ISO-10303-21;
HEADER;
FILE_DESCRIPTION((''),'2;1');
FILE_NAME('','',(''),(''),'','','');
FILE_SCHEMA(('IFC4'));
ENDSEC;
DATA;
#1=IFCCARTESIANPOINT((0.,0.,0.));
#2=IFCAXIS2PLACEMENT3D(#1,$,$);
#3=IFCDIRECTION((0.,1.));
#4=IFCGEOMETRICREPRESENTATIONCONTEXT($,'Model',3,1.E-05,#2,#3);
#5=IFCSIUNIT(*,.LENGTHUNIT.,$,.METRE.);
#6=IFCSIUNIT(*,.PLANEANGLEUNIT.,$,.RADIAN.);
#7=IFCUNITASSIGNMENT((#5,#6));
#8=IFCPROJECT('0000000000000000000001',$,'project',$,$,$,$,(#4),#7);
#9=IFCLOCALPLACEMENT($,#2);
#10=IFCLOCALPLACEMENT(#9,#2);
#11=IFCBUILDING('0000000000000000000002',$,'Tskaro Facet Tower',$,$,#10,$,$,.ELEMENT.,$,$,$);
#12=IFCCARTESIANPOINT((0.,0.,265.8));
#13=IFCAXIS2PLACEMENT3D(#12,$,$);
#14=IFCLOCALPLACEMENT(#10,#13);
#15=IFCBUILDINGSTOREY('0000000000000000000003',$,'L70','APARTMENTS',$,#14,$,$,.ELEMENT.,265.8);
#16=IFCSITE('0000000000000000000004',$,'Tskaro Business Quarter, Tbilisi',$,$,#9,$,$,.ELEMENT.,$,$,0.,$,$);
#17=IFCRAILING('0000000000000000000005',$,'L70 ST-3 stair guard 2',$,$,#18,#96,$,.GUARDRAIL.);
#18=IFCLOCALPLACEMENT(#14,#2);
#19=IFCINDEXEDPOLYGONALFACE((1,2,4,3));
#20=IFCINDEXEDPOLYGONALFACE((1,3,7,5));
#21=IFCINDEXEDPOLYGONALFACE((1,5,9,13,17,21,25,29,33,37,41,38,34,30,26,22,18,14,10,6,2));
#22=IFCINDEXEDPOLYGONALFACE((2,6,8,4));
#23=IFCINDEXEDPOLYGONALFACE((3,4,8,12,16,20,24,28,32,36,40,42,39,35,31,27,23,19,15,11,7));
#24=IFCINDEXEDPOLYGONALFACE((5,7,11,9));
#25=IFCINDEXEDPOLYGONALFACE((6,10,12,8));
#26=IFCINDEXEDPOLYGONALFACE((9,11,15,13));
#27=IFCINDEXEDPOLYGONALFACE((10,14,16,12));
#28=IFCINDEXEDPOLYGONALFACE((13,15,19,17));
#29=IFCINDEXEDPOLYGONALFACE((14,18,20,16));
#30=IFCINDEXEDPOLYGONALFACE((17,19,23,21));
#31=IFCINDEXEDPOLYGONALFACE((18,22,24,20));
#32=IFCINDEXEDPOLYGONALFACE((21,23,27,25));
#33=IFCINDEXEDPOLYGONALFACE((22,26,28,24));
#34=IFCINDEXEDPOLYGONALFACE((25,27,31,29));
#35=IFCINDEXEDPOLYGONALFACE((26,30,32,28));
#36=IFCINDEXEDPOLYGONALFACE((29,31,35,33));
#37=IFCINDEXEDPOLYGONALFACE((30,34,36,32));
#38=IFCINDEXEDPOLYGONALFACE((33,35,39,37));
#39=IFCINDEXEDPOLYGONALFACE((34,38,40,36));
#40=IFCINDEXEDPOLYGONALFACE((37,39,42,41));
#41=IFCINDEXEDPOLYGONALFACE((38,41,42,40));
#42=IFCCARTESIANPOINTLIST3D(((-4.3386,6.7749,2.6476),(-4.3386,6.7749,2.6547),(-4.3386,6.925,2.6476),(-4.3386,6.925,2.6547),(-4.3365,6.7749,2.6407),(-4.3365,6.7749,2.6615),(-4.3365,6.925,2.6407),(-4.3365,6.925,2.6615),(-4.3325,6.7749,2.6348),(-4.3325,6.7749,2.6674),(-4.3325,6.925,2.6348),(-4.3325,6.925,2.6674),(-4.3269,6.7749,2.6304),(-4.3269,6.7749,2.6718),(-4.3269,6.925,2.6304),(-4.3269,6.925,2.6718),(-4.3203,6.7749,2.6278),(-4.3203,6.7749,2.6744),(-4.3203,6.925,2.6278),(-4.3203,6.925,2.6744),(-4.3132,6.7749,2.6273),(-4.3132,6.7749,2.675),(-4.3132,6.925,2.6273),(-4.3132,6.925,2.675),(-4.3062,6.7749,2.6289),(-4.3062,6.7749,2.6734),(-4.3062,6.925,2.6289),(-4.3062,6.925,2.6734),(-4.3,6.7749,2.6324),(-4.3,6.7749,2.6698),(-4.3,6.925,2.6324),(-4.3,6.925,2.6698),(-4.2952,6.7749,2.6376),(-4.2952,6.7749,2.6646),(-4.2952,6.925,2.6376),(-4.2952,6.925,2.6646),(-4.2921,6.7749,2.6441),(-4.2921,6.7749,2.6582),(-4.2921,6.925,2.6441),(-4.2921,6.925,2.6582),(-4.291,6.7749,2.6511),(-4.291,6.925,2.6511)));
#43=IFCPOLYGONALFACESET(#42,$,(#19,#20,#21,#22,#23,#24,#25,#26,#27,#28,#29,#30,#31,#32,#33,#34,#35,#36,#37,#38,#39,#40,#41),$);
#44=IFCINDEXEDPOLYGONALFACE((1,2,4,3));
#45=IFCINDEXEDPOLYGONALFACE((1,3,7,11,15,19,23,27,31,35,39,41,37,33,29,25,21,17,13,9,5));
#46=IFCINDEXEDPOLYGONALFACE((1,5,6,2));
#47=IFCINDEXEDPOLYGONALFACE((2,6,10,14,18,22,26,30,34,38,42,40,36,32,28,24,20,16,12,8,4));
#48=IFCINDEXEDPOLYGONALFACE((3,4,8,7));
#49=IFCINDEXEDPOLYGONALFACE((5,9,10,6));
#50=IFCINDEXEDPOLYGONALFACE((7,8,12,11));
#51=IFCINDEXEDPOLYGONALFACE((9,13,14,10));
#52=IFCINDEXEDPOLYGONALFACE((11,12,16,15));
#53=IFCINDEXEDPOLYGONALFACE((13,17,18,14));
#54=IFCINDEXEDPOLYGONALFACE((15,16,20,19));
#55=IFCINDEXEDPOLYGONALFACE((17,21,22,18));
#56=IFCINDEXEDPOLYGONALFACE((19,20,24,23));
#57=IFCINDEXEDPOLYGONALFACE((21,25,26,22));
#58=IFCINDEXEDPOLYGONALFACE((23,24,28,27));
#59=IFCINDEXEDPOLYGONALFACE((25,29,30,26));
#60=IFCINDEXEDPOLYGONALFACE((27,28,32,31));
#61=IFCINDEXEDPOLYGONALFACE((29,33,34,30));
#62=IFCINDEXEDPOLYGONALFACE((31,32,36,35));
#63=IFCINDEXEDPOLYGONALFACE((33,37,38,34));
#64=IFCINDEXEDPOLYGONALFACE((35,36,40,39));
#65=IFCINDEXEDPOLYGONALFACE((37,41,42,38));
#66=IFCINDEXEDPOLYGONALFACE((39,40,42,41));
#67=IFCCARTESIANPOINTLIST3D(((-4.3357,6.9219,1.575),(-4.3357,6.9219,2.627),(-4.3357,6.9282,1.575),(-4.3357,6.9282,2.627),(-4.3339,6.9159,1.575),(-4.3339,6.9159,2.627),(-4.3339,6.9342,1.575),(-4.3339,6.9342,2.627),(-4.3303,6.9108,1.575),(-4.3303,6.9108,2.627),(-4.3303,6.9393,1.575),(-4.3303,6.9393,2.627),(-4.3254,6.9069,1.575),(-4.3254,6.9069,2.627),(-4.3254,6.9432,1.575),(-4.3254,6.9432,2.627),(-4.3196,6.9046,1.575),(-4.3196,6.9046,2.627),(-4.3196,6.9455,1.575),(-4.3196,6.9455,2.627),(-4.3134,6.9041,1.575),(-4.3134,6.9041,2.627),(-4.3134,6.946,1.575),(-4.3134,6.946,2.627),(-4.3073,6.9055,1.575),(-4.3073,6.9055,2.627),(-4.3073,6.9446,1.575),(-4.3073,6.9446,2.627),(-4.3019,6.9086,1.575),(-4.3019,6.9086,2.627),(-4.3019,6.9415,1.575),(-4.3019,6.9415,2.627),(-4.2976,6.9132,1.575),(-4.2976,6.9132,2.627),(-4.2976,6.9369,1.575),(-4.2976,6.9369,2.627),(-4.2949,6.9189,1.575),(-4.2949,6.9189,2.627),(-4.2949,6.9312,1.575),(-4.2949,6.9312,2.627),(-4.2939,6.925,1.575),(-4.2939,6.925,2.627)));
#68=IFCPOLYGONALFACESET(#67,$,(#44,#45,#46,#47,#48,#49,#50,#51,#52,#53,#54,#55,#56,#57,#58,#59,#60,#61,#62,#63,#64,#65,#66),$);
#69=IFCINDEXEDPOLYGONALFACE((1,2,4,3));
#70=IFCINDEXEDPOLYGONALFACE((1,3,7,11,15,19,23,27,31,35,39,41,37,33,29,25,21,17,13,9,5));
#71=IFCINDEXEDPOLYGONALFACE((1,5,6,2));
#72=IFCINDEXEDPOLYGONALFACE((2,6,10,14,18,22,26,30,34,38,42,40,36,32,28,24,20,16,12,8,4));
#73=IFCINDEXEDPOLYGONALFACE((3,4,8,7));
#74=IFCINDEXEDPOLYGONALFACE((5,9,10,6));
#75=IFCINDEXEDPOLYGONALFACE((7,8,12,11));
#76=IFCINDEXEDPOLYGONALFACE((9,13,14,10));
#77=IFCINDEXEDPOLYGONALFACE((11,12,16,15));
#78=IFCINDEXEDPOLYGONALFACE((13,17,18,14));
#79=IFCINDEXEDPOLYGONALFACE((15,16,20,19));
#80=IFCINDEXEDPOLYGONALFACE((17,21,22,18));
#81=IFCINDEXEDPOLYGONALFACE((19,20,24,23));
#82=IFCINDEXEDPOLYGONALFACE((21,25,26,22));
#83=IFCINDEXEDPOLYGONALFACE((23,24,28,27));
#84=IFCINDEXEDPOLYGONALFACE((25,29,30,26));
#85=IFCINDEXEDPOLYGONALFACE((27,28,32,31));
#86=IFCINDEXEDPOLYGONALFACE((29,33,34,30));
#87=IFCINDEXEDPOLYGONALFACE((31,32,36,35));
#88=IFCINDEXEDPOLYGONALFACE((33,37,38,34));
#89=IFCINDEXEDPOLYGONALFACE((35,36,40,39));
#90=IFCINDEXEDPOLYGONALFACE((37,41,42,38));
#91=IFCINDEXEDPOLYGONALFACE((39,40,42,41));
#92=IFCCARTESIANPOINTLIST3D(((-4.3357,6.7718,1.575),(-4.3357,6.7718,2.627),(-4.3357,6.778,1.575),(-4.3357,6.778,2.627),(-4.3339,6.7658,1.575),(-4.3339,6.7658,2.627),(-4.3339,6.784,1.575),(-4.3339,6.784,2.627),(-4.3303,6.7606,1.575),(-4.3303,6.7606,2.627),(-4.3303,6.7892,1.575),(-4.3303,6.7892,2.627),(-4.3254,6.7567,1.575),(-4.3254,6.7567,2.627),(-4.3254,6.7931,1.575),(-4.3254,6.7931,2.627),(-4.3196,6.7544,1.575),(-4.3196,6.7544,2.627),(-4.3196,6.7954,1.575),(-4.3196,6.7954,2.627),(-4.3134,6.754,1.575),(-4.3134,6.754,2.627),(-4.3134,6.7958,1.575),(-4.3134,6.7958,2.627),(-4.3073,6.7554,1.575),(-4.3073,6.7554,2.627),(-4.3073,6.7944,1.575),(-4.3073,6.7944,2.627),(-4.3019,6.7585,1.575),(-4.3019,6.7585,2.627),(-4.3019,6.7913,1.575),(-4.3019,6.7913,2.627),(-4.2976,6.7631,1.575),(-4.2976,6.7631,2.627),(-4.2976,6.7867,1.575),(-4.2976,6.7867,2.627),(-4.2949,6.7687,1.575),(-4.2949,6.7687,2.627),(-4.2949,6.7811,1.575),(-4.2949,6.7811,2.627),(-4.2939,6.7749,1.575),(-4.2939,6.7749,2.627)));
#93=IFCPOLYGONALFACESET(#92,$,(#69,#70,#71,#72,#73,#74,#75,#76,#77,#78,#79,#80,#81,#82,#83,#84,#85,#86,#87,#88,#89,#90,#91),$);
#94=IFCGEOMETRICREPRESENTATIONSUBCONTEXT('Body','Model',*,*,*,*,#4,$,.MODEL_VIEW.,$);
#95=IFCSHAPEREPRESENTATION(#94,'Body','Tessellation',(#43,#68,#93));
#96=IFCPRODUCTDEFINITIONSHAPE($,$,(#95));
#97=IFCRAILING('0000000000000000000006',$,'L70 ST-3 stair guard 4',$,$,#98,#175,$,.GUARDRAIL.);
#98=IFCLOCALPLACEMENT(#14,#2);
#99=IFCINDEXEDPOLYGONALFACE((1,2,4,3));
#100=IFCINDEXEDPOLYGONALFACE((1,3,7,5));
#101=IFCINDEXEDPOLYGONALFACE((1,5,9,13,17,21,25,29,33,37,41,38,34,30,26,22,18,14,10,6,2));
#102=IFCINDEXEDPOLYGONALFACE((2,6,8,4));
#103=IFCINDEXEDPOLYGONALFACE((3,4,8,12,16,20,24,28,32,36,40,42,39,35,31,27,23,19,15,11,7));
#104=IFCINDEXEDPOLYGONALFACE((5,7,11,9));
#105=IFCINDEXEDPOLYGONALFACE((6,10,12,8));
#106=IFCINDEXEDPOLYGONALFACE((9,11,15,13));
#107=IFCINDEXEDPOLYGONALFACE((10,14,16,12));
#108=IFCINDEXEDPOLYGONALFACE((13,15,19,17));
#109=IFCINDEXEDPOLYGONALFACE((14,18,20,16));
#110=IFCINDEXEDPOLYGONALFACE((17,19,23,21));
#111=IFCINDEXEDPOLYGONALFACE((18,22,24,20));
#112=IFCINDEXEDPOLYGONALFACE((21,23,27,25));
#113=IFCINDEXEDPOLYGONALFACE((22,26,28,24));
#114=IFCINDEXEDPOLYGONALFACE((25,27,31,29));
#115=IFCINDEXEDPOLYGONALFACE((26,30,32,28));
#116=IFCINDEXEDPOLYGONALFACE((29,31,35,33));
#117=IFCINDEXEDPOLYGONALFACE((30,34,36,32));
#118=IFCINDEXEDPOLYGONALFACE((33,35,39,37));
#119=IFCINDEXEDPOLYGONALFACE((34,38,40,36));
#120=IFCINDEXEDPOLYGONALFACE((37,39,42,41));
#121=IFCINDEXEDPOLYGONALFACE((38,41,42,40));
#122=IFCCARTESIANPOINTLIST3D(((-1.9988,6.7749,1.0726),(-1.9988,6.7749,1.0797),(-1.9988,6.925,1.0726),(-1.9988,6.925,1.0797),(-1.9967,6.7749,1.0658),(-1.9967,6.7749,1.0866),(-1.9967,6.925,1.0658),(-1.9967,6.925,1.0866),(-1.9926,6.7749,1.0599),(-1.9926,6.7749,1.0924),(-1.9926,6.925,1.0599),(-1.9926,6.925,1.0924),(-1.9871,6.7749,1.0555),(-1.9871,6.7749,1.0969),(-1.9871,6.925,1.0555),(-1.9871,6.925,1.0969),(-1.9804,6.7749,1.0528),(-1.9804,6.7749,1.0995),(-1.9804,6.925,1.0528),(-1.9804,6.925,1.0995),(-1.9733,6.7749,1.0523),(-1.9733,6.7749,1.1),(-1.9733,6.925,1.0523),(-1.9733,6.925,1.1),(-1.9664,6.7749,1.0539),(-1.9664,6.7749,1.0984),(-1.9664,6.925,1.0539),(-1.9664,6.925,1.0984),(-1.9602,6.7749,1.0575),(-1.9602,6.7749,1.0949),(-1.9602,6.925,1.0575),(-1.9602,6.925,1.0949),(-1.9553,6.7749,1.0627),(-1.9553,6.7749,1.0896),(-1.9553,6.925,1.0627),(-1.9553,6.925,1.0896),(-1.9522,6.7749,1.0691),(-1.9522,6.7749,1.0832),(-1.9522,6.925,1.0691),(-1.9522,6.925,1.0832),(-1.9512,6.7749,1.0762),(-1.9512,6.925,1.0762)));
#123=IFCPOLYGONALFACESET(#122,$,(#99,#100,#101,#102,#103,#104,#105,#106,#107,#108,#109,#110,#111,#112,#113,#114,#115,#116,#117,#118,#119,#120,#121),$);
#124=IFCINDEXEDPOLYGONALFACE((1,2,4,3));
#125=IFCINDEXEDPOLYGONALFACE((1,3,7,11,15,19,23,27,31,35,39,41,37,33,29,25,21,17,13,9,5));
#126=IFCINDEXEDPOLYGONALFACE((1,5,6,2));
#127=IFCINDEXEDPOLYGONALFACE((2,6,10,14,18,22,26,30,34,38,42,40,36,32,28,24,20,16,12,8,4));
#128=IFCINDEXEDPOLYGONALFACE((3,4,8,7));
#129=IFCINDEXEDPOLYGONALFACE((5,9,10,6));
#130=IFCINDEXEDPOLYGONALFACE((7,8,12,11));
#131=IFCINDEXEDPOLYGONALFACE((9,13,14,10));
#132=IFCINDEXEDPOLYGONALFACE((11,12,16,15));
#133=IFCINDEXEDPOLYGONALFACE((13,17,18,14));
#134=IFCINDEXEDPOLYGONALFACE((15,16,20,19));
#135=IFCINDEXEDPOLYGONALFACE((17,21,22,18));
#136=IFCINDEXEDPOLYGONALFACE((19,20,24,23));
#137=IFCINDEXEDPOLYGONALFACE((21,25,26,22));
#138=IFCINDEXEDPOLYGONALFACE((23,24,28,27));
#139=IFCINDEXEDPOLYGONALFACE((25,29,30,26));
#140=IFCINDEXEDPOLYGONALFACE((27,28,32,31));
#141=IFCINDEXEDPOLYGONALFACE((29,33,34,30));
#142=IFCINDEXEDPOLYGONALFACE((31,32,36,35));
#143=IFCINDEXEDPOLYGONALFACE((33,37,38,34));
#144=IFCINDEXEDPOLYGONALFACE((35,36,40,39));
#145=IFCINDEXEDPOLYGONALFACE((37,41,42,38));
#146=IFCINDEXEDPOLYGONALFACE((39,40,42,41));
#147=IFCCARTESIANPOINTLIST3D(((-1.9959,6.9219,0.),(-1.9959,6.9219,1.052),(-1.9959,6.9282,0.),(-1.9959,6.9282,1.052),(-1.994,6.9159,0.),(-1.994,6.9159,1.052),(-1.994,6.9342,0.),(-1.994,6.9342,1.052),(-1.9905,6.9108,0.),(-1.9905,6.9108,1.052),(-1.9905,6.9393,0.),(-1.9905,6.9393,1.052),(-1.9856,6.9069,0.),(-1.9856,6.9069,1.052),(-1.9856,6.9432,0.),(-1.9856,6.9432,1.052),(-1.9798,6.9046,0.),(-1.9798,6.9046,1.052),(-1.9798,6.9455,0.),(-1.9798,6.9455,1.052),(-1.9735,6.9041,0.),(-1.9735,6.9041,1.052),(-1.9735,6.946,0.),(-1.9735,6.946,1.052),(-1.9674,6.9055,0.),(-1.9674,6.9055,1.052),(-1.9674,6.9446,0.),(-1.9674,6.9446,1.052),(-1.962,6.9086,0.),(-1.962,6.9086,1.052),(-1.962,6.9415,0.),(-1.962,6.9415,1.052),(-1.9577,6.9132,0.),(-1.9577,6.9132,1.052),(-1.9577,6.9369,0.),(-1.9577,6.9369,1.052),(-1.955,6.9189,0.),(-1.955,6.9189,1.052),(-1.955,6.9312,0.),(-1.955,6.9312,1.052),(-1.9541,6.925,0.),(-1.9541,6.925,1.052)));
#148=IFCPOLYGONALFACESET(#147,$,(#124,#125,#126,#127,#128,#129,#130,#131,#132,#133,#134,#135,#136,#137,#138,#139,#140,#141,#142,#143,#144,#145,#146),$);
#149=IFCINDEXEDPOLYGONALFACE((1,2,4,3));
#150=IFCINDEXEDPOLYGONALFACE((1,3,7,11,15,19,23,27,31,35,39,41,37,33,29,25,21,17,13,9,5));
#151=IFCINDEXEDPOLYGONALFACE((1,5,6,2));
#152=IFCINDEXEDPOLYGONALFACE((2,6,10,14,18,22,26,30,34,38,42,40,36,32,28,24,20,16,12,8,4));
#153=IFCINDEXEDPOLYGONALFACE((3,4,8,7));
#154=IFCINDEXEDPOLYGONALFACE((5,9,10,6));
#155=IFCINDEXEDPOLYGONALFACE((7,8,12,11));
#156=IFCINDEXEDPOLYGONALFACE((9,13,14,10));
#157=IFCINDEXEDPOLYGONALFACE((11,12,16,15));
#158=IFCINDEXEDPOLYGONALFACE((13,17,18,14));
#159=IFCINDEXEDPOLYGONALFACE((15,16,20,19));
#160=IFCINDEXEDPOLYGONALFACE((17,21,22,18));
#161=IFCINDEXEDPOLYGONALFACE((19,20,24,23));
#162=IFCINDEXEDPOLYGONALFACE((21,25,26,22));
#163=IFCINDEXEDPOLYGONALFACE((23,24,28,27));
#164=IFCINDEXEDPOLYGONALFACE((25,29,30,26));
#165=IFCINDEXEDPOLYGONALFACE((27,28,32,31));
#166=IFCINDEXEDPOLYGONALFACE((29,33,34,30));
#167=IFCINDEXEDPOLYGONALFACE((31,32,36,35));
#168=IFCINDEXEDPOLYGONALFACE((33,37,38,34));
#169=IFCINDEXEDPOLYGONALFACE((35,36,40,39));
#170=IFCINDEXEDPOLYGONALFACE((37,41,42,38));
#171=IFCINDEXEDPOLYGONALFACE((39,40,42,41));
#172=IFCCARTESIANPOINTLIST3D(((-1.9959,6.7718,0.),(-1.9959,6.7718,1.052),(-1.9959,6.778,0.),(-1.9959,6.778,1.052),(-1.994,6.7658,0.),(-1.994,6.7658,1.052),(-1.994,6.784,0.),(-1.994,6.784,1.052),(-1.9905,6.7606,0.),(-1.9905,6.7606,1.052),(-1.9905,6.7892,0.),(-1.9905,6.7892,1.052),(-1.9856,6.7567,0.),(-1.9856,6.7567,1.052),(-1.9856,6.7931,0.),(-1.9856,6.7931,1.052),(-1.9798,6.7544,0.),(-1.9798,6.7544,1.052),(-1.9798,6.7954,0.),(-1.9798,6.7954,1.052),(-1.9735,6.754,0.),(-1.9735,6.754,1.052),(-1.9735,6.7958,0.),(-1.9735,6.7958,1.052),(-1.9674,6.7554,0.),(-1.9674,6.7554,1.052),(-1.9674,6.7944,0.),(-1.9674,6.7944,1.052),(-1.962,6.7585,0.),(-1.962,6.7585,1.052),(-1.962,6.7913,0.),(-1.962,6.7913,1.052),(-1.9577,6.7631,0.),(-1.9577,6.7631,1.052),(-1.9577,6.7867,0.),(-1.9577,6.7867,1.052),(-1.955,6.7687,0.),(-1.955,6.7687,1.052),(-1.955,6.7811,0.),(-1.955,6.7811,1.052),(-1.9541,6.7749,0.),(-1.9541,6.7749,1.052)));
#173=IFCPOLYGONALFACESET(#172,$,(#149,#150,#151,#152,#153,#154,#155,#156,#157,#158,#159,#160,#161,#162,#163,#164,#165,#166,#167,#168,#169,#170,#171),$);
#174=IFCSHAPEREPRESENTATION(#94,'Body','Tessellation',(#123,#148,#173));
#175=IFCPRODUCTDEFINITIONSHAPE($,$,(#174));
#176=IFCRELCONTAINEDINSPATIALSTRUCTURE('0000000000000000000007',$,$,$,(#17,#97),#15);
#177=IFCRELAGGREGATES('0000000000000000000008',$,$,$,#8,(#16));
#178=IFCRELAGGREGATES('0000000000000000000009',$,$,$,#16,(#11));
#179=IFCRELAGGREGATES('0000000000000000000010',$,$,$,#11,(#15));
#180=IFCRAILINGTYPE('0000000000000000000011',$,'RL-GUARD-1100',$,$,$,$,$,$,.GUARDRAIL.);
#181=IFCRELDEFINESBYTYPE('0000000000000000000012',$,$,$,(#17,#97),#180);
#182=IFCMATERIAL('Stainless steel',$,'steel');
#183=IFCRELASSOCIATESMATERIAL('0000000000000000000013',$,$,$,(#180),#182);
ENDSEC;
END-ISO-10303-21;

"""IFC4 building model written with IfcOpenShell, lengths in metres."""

from ifc_helpers import new_model, si_unit, direction, frame, origin, origin_2d, place, context, subcontext, project, spatial, circle, extrude, material, type_object, element, save


model = new_model("IFC4")

# Units and contexts
model_context = context("Model", 3, precision=1e-05, world=origin(), true_north=direction((0.0, 1.0)))
body_context = subcontext(model_context, "Body", "Model", "MODEL_VIEW")
ifc_project = project(units=[si_unit("LENGTHUNIT", "METRE"), si_unit("PLANEANGLEUNIT", "RADIAN")], contexts=[model_context])

# Site, building, storey
site_placement = place(None, origin())
site = spatial("IfcSite", under=ifc_project, at=site_placement, Name="Tskaro Business Quarter, Tbilisi", CompositionType="ELEMENT", RefElevation=0.0)
building_placement = place(site_placement, origin())
building = spatial("IfcBuilding", under=site, at=building_placement, Name="Tskaro Facet Tower", CompositionType="ELEMENT")
storey_placement = place(building_placement, frame((0.0, 0.0, 265.8)))
storey = spatial("IfcBuildingStorey", under=building, at=storey_placement, Name="L70", Description="APARTMENTS", CompositionType="ELEMENT", Elevation=265.8)

# Railings
ifc_material_1 = material(Name="Stainless steel", Category="steel")
railing_type_1 = type_object("IfcRailingType", Name="RL-GUARD-1100", PredefinedType="GUARDRAIL", material=ifc_material_1)
for number, where, name in (
    (1, (-4.3149, 6.925, 1.575), "L70 ST-3 stair guard 2"),
    (2, (-1.9751, 6.925, 0.0), "L70 ST-3 stair guard 4"),
):
    element("IfcRailing", number, at=place(storey_placement, frame(where)), inside=storey, type_object=railing_type_1, Name=name, PredefinedType="GUARDRAIL", context=body_context, shape_type="SweptSolid", body=[
        extrude(circle(Radius=0.0239, at=origin_2d()), frame((0.0, 0.0, 1.0762), z_axis=(0.0, -1.0, 0.0), x_axis=(1.0, 0.0, 0.0)), (0.0, 0.0, 1.0), 0.1501),
        extrude(circle(Radius=0.021, at=origin_2d()), origin(), (0.0, 0.0, 1.0), 1.052),
        extrude(circle(Radius=0.021, at=origin_2d()), frame((0.0, -0.1501, 0.0)), (0.0, 0.0, 1.0), 1.052),
    ])

save(model, "model.ifc")
